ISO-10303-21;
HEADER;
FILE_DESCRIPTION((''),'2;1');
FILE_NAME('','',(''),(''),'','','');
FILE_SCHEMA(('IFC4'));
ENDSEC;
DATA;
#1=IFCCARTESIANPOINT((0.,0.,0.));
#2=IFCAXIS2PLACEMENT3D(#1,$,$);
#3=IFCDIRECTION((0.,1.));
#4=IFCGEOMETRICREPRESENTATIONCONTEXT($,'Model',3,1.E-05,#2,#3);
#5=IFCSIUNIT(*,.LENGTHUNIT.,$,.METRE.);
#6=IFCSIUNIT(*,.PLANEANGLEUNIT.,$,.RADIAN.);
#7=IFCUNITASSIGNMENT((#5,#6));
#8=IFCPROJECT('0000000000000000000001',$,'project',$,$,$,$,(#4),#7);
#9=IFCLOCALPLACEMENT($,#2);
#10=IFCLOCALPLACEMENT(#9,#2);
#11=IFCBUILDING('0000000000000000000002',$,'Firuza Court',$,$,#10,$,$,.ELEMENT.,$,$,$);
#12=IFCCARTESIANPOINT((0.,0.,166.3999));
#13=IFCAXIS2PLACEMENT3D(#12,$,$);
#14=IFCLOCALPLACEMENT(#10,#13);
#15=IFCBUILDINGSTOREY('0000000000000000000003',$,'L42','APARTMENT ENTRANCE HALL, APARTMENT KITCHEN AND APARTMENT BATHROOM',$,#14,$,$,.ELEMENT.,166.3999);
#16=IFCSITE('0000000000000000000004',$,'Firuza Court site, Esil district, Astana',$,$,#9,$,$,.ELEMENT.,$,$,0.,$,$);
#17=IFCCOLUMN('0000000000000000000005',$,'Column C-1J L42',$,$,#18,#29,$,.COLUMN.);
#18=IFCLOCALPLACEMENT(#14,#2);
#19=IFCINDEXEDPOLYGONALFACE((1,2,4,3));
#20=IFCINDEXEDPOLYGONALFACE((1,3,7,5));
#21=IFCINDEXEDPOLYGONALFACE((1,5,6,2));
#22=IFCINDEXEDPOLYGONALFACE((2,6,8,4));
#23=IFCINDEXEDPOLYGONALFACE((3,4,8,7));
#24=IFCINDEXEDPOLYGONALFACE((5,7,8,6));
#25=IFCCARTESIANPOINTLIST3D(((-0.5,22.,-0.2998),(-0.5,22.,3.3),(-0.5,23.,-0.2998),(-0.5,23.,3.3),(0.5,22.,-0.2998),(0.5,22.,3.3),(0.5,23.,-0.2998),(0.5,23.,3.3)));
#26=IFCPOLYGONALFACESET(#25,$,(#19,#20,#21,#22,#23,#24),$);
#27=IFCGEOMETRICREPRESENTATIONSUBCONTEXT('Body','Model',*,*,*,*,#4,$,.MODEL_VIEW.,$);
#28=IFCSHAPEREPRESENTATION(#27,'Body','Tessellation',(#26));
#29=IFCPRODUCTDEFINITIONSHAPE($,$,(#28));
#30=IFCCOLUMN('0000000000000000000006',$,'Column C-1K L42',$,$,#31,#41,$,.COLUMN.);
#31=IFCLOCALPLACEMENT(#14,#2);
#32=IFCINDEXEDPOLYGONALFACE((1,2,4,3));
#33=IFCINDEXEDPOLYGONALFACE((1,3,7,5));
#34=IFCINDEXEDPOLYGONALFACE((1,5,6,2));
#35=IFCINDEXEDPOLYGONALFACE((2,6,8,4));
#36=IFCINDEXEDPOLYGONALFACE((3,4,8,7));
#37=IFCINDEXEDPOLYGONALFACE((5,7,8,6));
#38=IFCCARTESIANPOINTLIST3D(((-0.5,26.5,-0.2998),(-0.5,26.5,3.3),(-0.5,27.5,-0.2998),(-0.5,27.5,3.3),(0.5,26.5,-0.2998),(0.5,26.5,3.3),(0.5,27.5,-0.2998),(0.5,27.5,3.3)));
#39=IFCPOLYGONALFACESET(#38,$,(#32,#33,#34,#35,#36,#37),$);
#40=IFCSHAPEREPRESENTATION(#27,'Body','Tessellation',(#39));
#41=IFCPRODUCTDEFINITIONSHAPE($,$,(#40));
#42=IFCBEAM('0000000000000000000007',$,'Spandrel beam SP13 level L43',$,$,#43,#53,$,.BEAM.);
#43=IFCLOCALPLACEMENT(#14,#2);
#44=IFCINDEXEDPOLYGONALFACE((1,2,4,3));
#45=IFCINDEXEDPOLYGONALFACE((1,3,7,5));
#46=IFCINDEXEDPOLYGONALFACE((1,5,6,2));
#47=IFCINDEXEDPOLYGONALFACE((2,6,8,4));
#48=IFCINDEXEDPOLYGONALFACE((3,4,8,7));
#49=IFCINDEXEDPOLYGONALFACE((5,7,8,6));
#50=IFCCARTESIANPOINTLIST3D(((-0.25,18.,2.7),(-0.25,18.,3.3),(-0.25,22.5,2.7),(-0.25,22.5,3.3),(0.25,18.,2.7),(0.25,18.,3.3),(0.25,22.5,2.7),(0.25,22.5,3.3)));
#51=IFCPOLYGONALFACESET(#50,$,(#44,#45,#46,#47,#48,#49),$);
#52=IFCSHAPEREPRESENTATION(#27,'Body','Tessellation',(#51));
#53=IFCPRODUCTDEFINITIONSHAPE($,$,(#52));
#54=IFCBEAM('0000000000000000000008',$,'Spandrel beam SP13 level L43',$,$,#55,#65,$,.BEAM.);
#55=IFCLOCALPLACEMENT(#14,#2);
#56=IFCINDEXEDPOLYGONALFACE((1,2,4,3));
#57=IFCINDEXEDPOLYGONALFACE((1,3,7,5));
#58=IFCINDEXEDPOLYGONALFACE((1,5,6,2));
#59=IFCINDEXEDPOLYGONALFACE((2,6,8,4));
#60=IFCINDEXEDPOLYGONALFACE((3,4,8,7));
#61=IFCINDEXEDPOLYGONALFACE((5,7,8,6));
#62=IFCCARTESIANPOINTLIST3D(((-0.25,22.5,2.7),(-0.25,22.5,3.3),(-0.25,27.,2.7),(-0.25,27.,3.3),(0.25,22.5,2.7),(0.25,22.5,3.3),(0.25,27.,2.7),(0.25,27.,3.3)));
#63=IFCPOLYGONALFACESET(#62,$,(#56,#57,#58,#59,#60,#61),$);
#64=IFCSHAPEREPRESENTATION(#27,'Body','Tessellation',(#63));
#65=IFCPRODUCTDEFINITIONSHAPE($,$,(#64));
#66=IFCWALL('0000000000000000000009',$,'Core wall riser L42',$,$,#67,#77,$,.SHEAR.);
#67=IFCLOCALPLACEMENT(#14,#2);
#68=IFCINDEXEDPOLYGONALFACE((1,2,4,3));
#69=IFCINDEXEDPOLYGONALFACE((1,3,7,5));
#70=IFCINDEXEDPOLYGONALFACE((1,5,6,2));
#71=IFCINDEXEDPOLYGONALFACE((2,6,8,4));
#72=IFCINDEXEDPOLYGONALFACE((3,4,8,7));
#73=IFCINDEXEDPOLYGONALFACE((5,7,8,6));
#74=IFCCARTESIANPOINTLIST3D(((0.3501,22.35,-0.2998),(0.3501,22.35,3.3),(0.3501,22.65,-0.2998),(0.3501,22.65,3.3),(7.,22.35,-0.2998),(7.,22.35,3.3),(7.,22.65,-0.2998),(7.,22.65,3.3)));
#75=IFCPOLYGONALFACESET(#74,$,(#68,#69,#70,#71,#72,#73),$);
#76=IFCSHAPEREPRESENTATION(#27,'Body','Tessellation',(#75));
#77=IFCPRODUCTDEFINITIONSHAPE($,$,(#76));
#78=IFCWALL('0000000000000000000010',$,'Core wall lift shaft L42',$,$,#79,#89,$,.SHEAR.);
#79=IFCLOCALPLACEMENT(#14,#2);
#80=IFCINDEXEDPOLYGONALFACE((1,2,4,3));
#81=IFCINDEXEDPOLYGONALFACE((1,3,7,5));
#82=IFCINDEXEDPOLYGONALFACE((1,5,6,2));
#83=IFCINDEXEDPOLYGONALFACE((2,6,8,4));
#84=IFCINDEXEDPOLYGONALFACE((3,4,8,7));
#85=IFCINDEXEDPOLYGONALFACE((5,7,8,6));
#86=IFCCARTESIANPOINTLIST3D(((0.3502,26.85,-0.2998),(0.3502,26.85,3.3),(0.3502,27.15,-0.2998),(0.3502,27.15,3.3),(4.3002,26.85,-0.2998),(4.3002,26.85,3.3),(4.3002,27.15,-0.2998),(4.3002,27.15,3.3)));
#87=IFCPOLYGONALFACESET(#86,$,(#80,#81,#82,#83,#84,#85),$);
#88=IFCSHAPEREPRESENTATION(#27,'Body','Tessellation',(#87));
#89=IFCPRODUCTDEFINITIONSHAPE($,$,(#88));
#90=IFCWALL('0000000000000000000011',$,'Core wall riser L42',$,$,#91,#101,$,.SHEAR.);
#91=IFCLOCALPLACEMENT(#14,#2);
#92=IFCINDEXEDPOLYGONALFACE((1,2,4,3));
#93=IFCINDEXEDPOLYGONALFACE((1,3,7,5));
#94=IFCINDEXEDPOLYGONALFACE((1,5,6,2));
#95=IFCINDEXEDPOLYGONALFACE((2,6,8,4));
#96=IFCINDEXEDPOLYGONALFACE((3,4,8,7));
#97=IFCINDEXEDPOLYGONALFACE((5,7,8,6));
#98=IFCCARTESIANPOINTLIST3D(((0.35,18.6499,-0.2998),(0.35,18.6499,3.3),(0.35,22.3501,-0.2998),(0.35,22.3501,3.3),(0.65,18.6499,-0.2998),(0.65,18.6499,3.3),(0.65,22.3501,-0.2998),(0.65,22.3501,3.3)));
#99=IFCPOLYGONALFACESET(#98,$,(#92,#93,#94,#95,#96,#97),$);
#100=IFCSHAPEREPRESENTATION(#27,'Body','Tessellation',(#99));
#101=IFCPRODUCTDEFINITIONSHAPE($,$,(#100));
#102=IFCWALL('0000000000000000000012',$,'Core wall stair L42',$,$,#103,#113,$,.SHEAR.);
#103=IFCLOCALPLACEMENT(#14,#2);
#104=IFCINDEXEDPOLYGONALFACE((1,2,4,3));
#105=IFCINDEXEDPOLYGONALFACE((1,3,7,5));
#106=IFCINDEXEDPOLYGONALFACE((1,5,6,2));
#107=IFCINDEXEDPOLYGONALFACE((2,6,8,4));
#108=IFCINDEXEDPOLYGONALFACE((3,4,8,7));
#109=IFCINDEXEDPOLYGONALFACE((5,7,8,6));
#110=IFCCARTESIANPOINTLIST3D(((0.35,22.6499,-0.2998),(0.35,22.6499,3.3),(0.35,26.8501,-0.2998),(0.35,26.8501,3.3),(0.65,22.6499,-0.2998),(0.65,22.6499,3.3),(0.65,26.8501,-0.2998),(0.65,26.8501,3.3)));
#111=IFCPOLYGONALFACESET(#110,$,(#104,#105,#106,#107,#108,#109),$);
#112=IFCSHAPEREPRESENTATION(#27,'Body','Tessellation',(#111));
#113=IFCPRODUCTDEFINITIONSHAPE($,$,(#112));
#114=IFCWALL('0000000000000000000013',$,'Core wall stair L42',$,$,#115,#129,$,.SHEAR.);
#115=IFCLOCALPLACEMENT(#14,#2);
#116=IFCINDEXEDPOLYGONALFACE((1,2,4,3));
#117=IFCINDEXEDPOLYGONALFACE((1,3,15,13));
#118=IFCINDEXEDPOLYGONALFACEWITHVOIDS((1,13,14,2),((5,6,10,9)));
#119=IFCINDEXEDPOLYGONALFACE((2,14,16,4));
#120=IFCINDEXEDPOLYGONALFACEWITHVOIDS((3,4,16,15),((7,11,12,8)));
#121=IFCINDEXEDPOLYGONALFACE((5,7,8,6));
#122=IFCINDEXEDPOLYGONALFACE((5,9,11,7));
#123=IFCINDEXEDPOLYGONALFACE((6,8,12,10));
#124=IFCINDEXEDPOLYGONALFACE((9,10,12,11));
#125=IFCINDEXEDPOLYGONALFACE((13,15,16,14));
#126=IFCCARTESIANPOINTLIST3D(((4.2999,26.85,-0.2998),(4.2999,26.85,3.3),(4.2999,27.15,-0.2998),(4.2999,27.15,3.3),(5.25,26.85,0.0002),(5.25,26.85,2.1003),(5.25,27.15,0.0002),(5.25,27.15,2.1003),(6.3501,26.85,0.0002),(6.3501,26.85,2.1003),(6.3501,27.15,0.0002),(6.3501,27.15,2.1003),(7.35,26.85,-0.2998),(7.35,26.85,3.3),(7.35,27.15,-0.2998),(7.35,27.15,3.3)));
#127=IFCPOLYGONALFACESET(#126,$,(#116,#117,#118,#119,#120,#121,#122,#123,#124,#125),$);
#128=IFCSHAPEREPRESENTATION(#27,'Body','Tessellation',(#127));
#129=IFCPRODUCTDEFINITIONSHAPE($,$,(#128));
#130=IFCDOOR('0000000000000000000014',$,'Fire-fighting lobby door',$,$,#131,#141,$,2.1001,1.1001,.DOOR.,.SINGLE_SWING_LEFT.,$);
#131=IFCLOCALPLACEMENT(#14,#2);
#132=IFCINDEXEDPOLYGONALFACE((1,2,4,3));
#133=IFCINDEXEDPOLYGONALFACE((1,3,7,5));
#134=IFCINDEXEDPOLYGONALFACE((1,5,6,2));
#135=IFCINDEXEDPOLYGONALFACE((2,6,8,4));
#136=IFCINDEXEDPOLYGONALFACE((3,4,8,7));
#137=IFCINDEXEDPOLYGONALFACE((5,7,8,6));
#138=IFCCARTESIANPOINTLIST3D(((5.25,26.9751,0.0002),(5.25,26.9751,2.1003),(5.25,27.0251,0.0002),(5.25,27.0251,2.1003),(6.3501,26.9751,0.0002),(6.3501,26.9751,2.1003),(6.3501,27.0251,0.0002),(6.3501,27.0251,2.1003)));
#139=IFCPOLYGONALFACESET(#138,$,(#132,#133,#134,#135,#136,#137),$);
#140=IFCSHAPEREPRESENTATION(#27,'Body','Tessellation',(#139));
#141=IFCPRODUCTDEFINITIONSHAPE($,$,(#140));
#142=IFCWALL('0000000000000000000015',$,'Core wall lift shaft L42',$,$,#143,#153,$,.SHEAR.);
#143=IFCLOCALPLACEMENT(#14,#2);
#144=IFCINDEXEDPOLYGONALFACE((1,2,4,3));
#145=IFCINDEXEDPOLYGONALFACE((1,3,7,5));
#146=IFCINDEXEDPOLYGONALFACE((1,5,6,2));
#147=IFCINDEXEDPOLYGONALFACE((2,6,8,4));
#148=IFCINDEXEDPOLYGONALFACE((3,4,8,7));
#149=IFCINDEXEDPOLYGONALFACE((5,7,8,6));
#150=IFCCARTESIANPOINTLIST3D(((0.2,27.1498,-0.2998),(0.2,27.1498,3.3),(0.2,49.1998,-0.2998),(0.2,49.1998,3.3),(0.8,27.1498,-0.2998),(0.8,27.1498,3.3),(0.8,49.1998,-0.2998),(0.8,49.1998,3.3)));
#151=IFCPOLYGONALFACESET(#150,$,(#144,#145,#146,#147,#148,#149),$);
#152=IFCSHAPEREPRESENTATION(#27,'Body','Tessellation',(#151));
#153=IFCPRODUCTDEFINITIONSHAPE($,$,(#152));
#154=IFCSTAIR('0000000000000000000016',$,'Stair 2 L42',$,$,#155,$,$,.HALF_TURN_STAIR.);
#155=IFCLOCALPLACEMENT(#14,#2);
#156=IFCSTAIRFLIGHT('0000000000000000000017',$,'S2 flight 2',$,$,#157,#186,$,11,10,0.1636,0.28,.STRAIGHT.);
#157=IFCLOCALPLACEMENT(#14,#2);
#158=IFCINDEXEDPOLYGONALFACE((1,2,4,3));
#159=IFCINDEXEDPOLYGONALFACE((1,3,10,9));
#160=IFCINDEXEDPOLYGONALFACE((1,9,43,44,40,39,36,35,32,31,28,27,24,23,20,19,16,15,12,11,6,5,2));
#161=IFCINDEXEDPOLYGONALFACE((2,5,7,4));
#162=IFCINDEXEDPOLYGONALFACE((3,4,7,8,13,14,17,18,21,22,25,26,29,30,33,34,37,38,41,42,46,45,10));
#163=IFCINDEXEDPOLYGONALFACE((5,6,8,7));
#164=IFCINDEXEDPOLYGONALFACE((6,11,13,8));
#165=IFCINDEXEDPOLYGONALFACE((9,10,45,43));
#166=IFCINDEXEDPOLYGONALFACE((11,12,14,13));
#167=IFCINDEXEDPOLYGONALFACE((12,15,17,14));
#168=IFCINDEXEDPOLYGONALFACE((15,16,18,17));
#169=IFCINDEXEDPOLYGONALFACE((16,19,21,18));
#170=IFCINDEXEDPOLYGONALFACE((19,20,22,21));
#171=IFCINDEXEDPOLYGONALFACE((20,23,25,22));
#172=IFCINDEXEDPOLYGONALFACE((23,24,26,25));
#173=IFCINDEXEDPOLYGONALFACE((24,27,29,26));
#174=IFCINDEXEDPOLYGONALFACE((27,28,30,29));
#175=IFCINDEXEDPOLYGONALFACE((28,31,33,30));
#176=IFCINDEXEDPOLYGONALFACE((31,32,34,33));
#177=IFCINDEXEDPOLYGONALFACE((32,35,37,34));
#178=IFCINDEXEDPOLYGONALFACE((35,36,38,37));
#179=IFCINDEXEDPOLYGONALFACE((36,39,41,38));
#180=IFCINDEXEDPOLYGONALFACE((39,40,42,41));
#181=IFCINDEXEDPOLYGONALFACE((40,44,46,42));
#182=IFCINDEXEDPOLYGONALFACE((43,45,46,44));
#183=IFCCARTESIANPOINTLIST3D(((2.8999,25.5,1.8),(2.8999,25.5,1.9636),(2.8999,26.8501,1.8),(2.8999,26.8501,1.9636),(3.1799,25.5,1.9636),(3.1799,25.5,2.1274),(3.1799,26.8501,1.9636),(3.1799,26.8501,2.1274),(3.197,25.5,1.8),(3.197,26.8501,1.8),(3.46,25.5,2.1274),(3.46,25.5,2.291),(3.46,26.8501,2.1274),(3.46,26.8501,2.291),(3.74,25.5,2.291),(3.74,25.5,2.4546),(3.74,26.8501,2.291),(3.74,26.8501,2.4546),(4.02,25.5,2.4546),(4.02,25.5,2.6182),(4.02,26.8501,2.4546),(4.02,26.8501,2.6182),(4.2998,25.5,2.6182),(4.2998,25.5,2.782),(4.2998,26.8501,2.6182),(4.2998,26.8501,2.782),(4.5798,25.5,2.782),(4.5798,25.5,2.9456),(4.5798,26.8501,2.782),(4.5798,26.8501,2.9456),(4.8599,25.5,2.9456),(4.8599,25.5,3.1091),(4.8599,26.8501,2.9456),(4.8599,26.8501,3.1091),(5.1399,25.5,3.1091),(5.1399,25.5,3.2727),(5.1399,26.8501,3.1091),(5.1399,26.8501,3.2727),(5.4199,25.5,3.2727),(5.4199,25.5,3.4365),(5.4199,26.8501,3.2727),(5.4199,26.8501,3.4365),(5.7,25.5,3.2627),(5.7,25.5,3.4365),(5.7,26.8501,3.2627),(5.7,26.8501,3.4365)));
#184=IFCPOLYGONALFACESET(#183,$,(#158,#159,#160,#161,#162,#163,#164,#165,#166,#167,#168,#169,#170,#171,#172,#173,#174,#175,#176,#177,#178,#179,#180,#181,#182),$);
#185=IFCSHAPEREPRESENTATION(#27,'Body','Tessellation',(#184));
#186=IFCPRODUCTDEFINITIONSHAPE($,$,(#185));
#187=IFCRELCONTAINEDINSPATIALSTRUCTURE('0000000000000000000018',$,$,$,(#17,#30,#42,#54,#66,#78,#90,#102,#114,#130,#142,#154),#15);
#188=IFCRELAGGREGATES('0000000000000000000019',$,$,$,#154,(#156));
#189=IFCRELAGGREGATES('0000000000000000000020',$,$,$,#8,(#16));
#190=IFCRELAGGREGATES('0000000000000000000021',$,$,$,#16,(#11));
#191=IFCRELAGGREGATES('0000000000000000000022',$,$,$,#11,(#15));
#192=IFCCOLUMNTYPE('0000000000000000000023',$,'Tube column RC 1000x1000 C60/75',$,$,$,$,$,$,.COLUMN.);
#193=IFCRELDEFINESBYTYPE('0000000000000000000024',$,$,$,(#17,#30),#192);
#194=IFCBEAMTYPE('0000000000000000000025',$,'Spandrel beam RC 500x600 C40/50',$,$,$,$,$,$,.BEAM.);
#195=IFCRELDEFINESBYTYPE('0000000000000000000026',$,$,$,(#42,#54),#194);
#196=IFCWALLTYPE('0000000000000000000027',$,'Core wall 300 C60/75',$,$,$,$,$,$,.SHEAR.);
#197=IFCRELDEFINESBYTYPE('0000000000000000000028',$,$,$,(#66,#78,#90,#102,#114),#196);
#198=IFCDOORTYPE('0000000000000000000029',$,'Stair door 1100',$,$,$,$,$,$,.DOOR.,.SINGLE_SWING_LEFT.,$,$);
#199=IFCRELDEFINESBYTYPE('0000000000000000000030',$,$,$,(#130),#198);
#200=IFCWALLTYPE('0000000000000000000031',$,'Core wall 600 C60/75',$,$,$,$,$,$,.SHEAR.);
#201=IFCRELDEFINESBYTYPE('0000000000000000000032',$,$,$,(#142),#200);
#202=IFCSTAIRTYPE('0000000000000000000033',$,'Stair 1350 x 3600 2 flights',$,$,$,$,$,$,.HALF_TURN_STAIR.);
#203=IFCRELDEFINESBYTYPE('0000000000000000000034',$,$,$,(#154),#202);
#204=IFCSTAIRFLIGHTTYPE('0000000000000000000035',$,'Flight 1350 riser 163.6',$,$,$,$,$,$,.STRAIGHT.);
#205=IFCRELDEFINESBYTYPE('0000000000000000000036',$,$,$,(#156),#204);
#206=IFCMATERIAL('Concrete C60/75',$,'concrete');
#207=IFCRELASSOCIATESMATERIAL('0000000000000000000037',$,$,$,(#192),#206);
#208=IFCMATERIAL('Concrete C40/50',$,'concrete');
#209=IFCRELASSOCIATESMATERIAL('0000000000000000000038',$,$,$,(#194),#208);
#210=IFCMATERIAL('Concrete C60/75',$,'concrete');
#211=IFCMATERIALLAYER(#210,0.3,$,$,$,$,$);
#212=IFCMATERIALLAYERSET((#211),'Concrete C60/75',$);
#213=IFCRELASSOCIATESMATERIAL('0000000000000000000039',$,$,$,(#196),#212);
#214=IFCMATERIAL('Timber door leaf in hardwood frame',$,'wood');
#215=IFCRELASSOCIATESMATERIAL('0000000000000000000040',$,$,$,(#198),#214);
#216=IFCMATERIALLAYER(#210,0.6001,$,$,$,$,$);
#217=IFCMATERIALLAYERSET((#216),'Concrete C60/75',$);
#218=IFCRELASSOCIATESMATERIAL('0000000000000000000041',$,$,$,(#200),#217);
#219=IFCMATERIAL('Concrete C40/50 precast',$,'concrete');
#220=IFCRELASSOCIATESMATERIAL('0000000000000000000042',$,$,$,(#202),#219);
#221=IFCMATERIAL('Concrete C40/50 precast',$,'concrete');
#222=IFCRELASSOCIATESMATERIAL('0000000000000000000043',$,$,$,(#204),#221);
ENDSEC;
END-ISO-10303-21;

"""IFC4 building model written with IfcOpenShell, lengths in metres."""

from ifc_helpers import new_model, si_unit, direction, frame, frame_2d, origin, origin_2d, place, context, subcontext, project, spatial, polyline, rectangle, outline, extrude, material, layer, layer_set, material_profile, profile_set, type_object, element, fill, aggregate, save


model = new_model("IFC4")

# Units and contexts
model_context = context("Model", 3, precision=1e-05, world=origin(), true_north=direction((0.0, 1.0)))
body_context = subcontext(model_context, "Body", "Model", "MODEL_VIEW")
ifc_project = project(units=[si_unit("LENGTHUNIT", "METRE"), si_unit("PLANEANGLEUNIT", "RADIAN")], contexts=[model_context])

# Site, building, storey
site_placement = place(None, origin())
site = spatial("IfcSite", under=ifc_project, at=site_placement, Name="Firuza Court site, Esil district, Astana", CompositionType="ELEMENT", RefElevation=0.0)
building_placement = place(site_placement, origin())
building = spatial("IfcBuilding", under=site, at=building_placement, Name="Firuza Court", CompositionType="ELEMENT")
storey_placement = place(building_placement, frame((0.0, 0.0, 166.3999)))
storey = spatial("IfcBuildingStorey", under=building, at=storey_placement, Name="L42", Description="APARTMENT ENTRANCE HALL, APARTMENT KITCHEN AND APARTMENT BATHROOM", CompositionType="ELEMENT", Elevation=166.3999)

# Columns
ifc_material_1 = material(Name="Concrete C60/75", Category="concrete")
ifc_material_profile_1 = material_profile(ifc_material_1, rectangle(XDim=1.0, YDim=1.0, at=origin_2d()), Name="RC 1000x1000")
ifc_profile_set_1 = profile_set([ifc_material_profile_1], Name="Concrete C60/75")
column_type = type_object("IfcColumnType", Name="Tube column RC 1000x1000 C60/75", PredefinedType="COLUMN", material=ifc_profile_set_1)
for number, where, z_axis, x_axis, name in (
    (1, (0.0, 22.5, -0.2998), (0.0, 0.0, 1.0), (1.0, 0.0, 0.0), "Column C-1J L42"),
    (2, (0.0, 27.0, -0.2998), (0.0, 0.0, 1.0), (1.0, 0.0, 0.0), "Column C-1K L42"),
):
    element("IfcColumn", number, at=place(storey_placement, frame(where, z_axis=z_axis, x_axis=x_axis)), inside=storey, type_object=column_type, Name=name, PredefinedType="COLUMN", context=body_context, shape_type="SweptSolid", body=[
        extrude(rectangle(XDim=1.0, YDim=1.0, at=origin_2d()), origin(), (0.0, 0.0, 1.0), 3.5999),
    ])

# Beams
ifc_material_2 = material(Name="Concrete C40/50", Category="concrete")
ifc_material_profile_2 = material_profile(ifc_material_2, rectangle(XDim=0.5, YDim=0.6001, at=origin_2d()), Name="RC 500x600")
ifc_profile_set_2 = profile_set([ifc_material_profile_2], Name="Concrete C40/50")
beam_type = type_object("IfcBeamType", Name="Spandrel beam RC 500x600 C40/50", PredefinedType="BEAM", material=ifc_profile_set_2)
for number, where, z_axis, x_axis, name in (
    (3, (0.0, 22.5, 3.0), (0.0, -1.0, 0.0), (1.0, 0.0, 0.0), "Spandrel beam SP13 level L43"),
    (4, (0.0, 27.0, 3.0), (0.0, -1.0, 0.0), (1.0, 0.0, 0.0), "Spandrel beam SP13 level L43"),
):
    element("IfcBeam", number, at=place(storey_placement, frame(where, z_axis=z_axis, x_axis=x_axis)), inside=storey, type_object=beam_type, Name=name, PredefinedType="BEAM", context=body_context, shape_type="SweptSolid", body=[
        extrude(rectangle(XDim=0.5, YDim=0.6001, at=origin_2d()), origin(), (0.0, 0.0, 1.0), 4.5),
    ])

# Walls
ifc_material_3 = material(Name="Concrete C60/75", Category="concrete")
ifc_layer_1 = layer(ifc_material_3, 0.3)
ifc_layer_set_1 = layer_set([ifc_layer_1], Name="Concrete C60/75")
wall_type_1 = type_object("IfcWallType", Name="Core wall 300 C60/75", PredefinedType="SHEAR", material=ifc_layer_set_1)
wall_1_placement = place(storey_placement, frame((0.3501, 22.5, -0.2998), z_axis=(0.0, 0.0, 1.0), x_axis=(1.0, 0.0, 0.0)))
element("IfcWall", 5, at=wall_1_placement, inside=storey, type_object=wall_type_1, Name="Core wall riser L42", PredefinedType="SHEAR", context=body_context, shape_type="SweptSolid", body=[
    extrude(rectangle(XDim=6.6499, YDim=0.3, at=frame_2d((3.325, 0.0))), origin(), (0.0, 0.0, 1.0), 3.5999),
])
wall_2_placement = place(storey_placement, frame((0.3501, 27.0, -0.2998), z_axis=(0.0, 0.0, 1.0), x_axis=(1.0, 0.0, 0.0)))
element("IfcWall", 6, at=wall_2_placement, inside=storey, type_object=wall_type_1, Name="Core wall lift shaft L42", PredefinedType="SHEAR", context=body_context, shape_type="SweptSolid", body=[
    extrude(rectangle(XDim=3.95, YDim=0.3, at=frame_2d((1.9751, 0.0))), origin(), (0.0, 0.0, 1.0), 3.5999),
])
wall_3_placement = place(storey_placement, frame((0.5, 18.6499, -0.2998), z_axis=(0.0, 0.0, 1.0), x_axis=(0.0, 1.0, 0.0)))
element("IfcWall", 7, at=wall_3_placement, inside=storey, type_object=wall_type_1, Name="Core wall riser L42", PredefinedType="SHEAR", context=body_context, shape_type="SweptSolid", body=[
    extrude(rectangle(XDim=3.7002, YDim=0.3, at=frame_2d((1.8501, 0.0))), origin(), (0.0, 0.0, 1.0), 3.5999),
])
wall_4_placement = place(storey_placement, frame((0.5, 22.6499, -0.2998), z_axis=(0.0, 0.0, 1.0), x_axis=(0.0, 1.0, 0.0)))
element("IfcWall", 8, at=wall_4_placement, inside=storey, type_object=wall_type_1, Name="Core wall stair L42", PredefinedType="SHEAR", context=body_context, shape_type="SweptSolid", body=[
    extrude(rectangle(XDim=4.2002, YDim=0.3, at=frame_2d((2.1001, 0.0))), origin(), (0.0, 0.0, 1.0), 3.5999),
])

# Wall, opening, door
wall_5_placement = place(storey_placement, frame((4.3, 27.0, -0.2998), z_axis=(0.0, 0.0, 1.0), x_axis=(1.0, 0.0, 0.0)))
wall_5 = element("IfcWall", 9, at=wall_5_placement, inside=storey, type_object=wall_type_1, Name="Core wall stair L42", PredefinedType="SHEAR", context=body_context, shape_type="SweptSolid", body=[
    extrude(rectangle(XDim=3.05, YDim=0.3, at=frame_2d((1.5249, 0.0))), origin(), (0.0, 0.0, 1.0), 3.5999),
])
opening_placement = place(wall_5_placement, frame((0.95, 0.0, 0.3)))
opening = element("IfcOpeningElement", 10, at=opening_placement, cuts=wall_5, PredefinedType="OPENING", context=body_context, shape_type="SweptSolid", body=[
    extrude(rectangle(XDim=1.1001, YDim=2.1001, at=frame_2d((0.55, 1.05))), frame((0.0, 0.1621, 0.0), z_axis=(0.0, -1.0, 0.0), x_axis=(1.0, 0.0, 0.0)), (0.0, 0.0, 1.0), 0.324),
])
ifc_material_4 = material(Name="Timber door leaf in hardwood frame", Category="wood")
door_type = type_object("IfcDoorType", Name="Stair door 1100", OperationType="SINGLE_SWING_LEFT", PredefinedType="DOOR", material=ifc_material_4)
door_placement = place(opening_placement, frame((1.1001, 0.0, 0.0), z_axis=(0.0, 0.0, 1.0), x_axis=(-1.0, 0.0, 0.0)))
door = element("IfcDoor", 11, at=door_placement, inside=storey, type_object=door_type, Name="Fire-fighting lobby door", OperationType="SINGLE_SWING_LEFT", OverallHeight=2.1001, OverallWidth=1.1001, PredefinedType="DOOR", context=body_context, shape_type="SweptSolid", body=[
    extrude(rectangle(XDim=1.1001, YDim=2.1001, at=frame_2d((0.55, 1.05))), frame((0.0, 0.0249, 0.0), z_axis=(0.0, -1.0, 0.0), x_axis=(1.0, 0.0, 0.0)), (0.0, 0.0, 1.0), 0.05),
])
fill(opening, door)

# Wall
ifc_layer_2 = layer(ifc_material_3, 0.6001)
ifc_layer_set_2 = layer_set([ifc_layer_2], Name="Concrete C60/75")
wall_type_2 = type_object("IfcWallType", Name="Core wall 600 C60/75", PredefinedType="SHEAR", material=ifc_layer_set_2)
wall_6_placement = place(storey_placement, frame((0.5, 27.1499, -0.2998), z_axis=(0.0, 0.0, 1.0), x_axis=(0.0, 1.0, 0.0)))
element("IfcWall", 12, at=wall_6_placement, inside=storey, type_object=wall_type_2, Name="Core wall lift shaft L42", PredefinedType="SHEAR", context=body_context, shape_type="SweptSolid", body=[
    extrude(rectangle(XDim=22.05, YDim=0.6001, at=frame_2d((11.0249, 0.0))), origin(), (0.0, 0.0, 1.0), 3.5999),
])

# Stair, stair flight
ifc_material_5 = material(Name="Concrete C40/50 precast", Category="concrete")
stair_type = type_object("IfcStairType", Name="Stair 1350 x 3600 2 flights", PredefinedType="HALF_TURN_STAIR", material=ifc_material_5)
stair_placement = place(storey_placement, origin())
stair = element("IfcStair", 13, at=stair_placement, inside=storey, type_object=stair_type, Name="Stair 2 L42", PredefinedType="HALF_TURN_STAIR")
ifc_material_6 = material(Name="Concrete C40/50 precast", Category="concrete")
stair_flight_type = type_object("IfcStairFlightType", Name="Flight 1350 riser 163.6", PredefinedType="STRAIGHT", material=ifc_material_6)
stair_flight_placement = place(storey_placement, frame((2.8999, 26.175, 1.8), z_axis=(0.0, 0.0, 1.0), x_axis=(1.0, 0.0, 0.0)))
stair_flight = element("IfcStairFlight", 14, at=stair_flight_placement, type_object=stair_flight_type, Name="S2 flight 2", NumberOfRisers=11, NumberOfTreads=10, PredefinedType="STRAIGHT", RiserHeight=0.1636, TreadLength=0.28, context=body_context, shape_type="SweptSolid", body=[
    extrude(outline(polyline([(0.0, 0.0), (0.0, 0.1636), (0.28, 0.1636), (0.28, 0.3274), (0.5601, 0.3274), (0.5601, 0.491), (0.8401, 0.491), (0.8401, 0.6545), (1.1201, 0.6545), (1.1201, 0.8181), (1.3999, 0.8181), (1.3999, 0.9819), (1.6799, 0.9819), (1.6799, 1.1455), (1.96, 1.1455), (1.96, 1.3091), (2.24, 1.3091), (2.24, 1.4727), (2.52, 1.4727), (2.52, 1.6365), (2.8, 1.6365), (2.8, 1.8), (2.8, 1.4626), (0.2971, 0.0), (0.0, 0.0)])), frame((0.0, 0.675, 0.0), z_axis=(0.0, -1.0, 0.0), x_axis=(1.0, 0.0, 0.0)), (0.0, 0.0, 1.0), 1.3501),
])
aggregate(stair, [stair_flight])

save(model, "model.ifc")
